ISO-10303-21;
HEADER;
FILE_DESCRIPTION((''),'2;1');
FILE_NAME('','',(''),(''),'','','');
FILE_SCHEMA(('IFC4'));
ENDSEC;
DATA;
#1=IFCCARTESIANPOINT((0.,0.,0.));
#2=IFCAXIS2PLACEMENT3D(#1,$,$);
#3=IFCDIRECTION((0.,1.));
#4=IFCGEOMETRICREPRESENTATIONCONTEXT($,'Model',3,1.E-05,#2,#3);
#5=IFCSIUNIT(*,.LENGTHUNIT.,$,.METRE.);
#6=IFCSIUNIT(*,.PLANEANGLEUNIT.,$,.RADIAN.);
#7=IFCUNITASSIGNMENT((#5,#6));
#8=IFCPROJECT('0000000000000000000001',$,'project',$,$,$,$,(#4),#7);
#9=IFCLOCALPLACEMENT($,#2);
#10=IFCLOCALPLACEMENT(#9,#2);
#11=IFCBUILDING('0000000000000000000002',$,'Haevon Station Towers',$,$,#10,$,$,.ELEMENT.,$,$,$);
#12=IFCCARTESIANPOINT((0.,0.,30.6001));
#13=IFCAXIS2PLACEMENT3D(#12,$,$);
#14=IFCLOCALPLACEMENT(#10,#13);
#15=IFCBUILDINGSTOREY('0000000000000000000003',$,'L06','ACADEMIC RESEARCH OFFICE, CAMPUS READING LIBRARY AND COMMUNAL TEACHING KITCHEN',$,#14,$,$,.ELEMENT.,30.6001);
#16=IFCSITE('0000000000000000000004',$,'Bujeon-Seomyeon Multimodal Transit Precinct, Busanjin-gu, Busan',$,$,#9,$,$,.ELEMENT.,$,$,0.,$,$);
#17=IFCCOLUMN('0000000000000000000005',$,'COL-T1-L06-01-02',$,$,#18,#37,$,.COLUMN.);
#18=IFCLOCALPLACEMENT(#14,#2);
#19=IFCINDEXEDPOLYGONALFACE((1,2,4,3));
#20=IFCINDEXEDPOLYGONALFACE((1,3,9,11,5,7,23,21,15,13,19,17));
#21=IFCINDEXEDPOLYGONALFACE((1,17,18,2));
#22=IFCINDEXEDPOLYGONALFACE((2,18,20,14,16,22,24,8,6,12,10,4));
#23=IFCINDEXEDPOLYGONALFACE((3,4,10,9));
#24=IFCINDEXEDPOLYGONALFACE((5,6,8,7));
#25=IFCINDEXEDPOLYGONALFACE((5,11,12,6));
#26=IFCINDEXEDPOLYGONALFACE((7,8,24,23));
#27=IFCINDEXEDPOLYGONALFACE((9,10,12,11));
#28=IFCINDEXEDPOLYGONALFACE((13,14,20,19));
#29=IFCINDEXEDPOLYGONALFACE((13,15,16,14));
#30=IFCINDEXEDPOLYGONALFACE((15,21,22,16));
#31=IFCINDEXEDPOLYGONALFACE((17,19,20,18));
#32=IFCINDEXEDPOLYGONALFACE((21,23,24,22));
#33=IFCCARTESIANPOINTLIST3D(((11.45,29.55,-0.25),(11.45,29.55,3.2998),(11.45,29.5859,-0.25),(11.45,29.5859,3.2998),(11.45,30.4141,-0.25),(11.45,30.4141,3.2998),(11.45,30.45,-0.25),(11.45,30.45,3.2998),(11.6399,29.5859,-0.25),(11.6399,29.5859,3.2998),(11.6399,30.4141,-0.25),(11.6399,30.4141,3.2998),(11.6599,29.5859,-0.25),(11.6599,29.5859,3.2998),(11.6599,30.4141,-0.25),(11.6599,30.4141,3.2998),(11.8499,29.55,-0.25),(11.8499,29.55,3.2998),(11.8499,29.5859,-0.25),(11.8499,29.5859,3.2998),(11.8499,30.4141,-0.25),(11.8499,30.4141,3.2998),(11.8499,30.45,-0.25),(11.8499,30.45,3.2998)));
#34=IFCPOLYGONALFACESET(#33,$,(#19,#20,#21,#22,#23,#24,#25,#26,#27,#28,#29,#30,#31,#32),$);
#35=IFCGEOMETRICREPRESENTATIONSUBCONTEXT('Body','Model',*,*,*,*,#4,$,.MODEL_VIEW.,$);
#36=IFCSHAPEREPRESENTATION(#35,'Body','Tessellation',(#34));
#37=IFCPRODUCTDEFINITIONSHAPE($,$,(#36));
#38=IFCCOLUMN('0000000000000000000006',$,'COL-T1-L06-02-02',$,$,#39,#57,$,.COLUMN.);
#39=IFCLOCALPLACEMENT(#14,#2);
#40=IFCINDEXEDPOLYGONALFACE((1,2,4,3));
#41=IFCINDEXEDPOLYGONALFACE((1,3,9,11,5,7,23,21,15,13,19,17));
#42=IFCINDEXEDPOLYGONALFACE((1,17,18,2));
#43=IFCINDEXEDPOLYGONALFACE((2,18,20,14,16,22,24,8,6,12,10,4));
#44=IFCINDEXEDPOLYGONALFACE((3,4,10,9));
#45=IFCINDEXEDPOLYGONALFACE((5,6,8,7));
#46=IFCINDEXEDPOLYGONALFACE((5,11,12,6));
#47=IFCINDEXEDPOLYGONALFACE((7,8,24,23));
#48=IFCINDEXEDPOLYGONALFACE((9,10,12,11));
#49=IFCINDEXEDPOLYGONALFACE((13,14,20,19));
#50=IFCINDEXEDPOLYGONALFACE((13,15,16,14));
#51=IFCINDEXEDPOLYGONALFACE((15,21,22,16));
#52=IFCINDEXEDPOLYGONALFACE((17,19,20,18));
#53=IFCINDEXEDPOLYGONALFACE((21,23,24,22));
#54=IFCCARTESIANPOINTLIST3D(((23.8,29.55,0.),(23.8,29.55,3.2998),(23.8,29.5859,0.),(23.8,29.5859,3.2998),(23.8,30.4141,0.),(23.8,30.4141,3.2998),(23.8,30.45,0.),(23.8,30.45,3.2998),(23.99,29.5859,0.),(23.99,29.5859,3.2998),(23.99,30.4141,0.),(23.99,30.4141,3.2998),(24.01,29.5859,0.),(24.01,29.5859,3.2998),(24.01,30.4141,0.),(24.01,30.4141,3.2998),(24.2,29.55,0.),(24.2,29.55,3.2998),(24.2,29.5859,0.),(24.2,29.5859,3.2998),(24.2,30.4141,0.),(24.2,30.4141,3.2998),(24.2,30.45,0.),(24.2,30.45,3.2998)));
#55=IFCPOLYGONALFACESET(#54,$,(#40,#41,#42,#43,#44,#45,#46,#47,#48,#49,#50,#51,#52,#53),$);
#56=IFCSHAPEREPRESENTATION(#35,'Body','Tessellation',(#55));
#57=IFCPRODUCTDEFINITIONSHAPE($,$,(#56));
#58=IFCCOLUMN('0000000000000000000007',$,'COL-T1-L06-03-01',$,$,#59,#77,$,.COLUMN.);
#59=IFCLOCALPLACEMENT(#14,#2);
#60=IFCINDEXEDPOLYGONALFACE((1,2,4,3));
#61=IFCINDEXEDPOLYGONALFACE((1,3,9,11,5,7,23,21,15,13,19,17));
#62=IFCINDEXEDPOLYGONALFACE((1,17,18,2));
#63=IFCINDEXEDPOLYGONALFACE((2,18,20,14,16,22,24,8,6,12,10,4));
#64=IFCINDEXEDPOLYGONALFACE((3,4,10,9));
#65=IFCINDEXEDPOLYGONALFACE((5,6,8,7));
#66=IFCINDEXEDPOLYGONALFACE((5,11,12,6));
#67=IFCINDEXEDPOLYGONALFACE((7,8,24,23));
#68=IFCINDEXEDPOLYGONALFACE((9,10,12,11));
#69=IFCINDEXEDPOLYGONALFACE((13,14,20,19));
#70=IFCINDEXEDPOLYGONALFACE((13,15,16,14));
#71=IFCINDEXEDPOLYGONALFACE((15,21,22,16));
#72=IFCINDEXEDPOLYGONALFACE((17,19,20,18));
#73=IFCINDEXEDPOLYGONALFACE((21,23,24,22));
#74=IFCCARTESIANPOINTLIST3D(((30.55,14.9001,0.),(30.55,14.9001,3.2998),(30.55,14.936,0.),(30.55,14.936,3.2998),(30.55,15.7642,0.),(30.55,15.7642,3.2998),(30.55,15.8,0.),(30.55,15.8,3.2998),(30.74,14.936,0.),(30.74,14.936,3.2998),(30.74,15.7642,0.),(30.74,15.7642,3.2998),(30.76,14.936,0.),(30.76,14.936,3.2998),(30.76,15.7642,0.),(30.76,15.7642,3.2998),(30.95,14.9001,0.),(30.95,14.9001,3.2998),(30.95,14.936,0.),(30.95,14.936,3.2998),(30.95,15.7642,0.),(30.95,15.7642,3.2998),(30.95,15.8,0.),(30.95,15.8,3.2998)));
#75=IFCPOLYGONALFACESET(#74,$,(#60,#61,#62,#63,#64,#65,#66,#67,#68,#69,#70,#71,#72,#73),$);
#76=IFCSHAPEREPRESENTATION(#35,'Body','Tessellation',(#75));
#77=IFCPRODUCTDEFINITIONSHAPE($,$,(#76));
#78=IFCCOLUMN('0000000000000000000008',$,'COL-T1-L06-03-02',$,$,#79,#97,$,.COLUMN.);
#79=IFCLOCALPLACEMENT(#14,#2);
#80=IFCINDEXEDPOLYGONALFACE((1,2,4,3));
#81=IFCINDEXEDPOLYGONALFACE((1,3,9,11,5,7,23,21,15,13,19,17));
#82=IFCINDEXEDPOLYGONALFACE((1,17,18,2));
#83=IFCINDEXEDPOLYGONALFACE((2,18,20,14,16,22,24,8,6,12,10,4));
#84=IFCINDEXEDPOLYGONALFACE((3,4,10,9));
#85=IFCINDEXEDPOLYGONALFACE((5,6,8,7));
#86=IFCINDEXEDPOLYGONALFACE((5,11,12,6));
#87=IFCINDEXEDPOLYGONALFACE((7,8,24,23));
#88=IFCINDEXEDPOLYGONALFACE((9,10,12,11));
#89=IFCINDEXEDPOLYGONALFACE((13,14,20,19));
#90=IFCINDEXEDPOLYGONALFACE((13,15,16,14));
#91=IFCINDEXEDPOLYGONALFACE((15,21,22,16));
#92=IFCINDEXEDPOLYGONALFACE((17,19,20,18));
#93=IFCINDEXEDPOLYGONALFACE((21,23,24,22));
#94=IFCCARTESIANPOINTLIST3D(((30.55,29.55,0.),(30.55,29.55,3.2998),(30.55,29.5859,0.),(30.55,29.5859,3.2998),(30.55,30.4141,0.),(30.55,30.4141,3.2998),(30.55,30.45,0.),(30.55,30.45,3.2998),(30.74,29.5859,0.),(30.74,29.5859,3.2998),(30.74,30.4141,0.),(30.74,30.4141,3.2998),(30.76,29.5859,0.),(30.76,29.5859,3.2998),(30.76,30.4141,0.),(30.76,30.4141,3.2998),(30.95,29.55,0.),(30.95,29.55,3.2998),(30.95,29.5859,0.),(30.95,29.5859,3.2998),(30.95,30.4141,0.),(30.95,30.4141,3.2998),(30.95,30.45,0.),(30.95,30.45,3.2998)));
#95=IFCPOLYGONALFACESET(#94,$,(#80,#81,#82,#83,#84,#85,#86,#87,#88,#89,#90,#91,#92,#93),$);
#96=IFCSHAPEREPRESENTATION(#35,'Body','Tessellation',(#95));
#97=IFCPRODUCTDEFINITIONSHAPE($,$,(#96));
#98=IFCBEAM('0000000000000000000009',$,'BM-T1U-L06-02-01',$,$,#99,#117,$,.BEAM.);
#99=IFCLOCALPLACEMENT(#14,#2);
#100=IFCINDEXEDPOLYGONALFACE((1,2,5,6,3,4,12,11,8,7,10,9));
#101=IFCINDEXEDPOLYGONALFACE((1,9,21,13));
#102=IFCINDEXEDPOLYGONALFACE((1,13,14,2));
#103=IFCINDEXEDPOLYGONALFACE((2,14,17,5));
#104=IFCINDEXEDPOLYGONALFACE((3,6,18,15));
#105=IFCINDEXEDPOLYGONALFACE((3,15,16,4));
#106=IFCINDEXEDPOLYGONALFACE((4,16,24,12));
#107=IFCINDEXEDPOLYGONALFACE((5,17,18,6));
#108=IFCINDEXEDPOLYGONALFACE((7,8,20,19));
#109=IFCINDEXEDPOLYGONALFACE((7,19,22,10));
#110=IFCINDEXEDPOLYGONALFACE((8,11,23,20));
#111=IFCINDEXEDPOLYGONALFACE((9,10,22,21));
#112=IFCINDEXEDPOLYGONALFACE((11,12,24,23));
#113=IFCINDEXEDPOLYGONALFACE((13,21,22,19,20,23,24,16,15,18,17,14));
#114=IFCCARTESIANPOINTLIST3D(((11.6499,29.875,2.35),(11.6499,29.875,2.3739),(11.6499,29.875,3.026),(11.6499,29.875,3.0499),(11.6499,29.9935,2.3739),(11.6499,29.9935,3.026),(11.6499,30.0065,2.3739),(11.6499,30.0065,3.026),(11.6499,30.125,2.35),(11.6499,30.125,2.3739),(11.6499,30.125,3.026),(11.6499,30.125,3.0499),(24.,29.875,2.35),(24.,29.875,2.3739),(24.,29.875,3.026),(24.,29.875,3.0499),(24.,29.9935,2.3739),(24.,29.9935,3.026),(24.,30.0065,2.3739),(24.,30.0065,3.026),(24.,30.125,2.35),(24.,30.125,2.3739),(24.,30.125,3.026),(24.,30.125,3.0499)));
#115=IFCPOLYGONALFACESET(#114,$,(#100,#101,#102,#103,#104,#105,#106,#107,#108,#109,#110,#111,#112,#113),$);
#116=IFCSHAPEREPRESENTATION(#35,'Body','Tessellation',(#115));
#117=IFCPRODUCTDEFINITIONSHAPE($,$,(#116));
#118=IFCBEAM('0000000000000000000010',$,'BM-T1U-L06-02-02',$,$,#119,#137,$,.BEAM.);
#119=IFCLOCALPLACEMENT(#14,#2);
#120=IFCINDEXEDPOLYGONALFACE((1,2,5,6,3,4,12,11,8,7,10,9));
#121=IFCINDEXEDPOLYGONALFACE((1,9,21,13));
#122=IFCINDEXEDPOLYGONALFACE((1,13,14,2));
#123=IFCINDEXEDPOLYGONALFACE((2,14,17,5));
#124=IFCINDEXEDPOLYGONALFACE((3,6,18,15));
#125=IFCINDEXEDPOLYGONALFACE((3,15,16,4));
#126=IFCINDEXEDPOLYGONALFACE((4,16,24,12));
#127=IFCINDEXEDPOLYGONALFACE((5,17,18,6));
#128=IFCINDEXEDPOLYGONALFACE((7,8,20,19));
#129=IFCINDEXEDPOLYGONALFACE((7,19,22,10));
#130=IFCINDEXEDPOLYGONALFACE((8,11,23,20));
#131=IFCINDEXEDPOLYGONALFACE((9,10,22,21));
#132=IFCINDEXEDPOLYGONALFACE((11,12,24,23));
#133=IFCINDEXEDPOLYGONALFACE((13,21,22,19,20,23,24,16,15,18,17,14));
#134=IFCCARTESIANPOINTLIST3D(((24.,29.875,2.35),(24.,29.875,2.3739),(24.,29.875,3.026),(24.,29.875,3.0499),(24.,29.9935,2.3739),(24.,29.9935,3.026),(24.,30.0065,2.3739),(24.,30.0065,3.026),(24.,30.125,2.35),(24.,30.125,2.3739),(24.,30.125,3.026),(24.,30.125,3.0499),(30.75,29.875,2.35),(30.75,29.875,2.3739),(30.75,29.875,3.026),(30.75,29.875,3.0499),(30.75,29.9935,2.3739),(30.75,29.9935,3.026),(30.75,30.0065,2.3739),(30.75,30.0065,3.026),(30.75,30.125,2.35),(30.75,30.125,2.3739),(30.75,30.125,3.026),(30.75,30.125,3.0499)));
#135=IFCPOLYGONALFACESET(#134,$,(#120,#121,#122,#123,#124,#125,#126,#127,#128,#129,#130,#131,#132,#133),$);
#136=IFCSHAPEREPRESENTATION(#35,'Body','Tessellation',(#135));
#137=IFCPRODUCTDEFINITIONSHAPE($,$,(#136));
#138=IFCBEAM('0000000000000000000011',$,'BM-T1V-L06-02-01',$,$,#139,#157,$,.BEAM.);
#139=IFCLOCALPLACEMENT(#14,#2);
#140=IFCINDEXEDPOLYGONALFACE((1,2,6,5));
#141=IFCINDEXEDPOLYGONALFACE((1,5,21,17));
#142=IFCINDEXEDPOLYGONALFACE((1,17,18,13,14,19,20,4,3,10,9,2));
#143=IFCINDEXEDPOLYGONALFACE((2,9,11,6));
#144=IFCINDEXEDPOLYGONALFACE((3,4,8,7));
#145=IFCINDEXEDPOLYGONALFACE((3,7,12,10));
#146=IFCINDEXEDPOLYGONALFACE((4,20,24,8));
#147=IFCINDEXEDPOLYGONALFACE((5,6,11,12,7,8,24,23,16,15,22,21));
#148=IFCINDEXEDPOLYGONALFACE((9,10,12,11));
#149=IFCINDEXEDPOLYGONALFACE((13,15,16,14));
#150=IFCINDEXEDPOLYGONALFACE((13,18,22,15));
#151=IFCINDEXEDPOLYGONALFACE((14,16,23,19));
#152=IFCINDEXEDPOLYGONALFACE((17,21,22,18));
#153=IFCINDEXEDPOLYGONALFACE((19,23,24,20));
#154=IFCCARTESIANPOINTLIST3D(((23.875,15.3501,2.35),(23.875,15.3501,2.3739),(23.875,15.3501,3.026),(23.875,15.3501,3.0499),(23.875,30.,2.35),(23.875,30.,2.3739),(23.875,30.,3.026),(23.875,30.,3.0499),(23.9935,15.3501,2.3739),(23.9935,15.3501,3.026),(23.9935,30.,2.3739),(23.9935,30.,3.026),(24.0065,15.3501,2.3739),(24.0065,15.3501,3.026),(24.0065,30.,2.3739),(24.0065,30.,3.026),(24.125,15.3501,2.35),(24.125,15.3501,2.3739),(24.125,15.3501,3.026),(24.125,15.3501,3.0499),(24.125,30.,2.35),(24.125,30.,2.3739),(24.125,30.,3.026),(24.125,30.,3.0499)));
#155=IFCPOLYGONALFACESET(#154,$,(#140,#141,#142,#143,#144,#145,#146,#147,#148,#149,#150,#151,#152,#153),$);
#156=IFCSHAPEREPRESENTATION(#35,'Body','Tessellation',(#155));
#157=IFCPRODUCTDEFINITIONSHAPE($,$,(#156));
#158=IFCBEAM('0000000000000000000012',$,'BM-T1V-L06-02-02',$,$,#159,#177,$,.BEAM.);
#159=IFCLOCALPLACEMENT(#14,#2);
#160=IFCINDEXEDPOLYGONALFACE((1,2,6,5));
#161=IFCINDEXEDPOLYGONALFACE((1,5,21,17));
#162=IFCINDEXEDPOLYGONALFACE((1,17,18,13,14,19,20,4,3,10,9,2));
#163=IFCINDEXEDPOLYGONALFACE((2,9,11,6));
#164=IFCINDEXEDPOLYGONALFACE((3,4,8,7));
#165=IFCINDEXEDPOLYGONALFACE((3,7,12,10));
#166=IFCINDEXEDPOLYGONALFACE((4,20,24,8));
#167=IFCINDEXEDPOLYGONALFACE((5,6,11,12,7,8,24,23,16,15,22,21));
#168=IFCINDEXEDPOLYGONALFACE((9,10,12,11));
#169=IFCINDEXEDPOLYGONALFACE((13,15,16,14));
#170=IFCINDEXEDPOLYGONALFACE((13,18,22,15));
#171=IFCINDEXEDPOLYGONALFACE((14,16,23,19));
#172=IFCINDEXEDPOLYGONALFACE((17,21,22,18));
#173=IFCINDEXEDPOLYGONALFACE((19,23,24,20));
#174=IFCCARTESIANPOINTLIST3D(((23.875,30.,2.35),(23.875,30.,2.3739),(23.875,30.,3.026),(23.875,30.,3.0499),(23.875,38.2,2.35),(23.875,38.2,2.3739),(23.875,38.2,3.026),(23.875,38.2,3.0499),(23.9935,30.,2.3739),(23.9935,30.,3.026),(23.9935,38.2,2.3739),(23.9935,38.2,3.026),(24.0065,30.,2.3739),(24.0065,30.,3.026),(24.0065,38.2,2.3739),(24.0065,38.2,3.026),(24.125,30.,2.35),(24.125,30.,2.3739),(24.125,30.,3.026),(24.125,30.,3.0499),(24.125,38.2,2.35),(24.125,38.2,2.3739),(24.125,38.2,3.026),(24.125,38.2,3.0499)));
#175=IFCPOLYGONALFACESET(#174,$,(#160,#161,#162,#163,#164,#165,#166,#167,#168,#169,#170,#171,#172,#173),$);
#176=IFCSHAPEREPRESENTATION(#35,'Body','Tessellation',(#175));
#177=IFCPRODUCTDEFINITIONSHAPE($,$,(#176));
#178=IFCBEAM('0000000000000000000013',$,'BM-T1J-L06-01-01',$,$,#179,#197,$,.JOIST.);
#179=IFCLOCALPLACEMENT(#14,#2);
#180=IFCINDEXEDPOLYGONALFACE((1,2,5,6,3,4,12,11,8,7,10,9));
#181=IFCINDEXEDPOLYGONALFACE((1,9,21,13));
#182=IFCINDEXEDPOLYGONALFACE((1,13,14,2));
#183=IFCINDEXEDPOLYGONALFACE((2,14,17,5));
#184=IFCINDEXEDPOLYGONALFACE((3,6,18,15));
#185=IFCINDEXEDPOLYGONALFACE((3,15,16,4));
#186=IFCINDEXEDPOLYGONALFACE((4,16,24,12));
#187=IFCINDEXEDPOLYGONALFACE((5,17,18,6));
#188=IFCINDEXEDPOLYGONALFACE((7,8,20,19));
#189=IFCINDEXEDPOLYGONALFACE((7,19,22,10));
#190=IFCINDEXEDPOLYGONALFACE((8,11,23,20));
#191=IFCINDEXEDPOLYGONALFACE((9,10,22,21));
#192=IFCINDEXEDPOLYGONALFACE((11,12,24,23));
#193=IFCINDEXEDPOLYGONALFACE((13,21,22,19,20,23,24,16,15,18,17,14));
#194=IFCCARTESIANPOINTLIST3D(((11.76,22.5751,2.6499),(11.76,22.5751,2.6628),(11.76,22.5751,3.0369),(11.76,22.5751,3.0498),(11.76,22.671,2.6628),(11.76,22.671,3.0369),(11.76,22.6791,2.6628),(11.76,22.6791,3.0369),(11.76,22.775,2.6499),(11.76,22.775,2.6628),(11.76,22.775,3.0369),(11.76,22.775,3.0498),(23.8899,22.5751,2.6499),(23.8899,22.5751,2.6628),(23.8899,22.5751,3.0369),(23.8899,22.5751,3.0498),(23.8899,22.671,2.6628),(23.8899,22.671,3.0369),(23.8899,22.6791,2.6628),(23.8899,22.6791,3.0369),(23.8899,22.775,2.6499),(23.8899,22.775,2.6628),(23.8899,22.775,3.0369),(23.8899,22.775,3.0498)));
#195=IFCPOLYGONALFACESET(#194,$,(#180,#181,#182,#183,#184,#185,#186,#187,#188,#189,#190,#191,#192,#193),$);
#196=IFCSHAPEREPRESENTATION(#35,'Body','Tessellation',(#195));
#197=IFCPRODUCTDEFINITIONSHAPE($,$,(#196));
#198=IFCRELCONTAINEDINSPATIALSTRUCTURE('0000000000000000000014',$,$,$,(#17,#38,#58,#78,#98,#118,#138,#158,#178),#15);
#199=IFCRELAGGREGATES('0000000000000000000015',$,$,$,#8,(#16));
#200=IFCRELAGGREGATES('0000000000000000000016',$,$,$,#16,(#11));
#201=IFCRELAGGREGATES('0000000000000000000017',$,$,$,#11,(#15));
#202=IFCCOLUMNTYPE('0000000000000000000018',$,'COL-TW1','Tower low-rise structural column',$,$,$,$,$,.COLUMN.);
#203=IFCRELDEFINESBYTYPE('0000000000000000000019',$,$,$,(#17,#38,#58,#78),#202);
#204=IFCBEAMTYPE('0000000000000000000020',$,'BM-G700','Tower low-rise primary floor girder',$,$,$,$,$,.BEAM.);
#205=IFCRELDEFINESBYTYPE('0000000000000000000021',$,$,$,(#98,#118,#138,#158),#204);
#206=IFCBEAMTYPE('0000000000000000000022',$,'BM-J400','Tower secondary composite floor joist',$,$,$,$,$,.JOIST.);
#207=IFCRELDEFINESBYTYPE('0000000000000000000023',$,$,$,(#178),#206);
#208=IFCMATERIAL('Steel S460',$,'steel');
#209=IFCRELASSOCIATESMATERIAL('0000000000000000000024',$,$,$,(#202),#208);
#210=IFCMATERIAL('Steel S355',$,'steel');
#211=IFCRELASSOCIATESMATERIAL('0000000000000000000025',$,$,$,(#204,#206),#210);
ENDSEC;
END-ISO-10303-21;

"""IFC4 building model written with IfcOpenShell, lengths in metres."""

from ifc_helpers import new_model, si_unit, direction, frame, origin, origin_2d, place, context, subcontext, project, spatial, i_section, extrude, material, material_profile, profile_set, type_object, element, save


model = new_model("IFC4")

# Units and contexts
model_context = context("Model", 3, precision=1e-05, world=origin(), true_north=direction((0.0, 1.0)))
body_context = subcontext(model_context, "Body", "Model", "MODEL_VIEW")
ifc_project = project(units=[si_unit("LENGTHUNIT", "METRE"), si_unit("PLANEANGLEUNIT", "RADIAN")], contexts=[model_context])

# Site, building, storey
site_placement = place(None, origin())
site = spatial("IfcSite", under=ifc_project, at=site_placement, Name="Bujeon-Seomyeon Multimodal Transit Precinct, Busanjin-gu, Busan", CompositionType="ELEMENT", RefElevation=0.0)
building_placement = place(site_placement, origin())
building = spatial("IfcBuilding", under=site, at=building_placement, Name="Haevon Station Towers", CompositionType="ELEMENT")
storey_placement = place(building_placement, frame((0.0, 0.0, 30.6001)))
storey = spatial("IfcBuildingStorey", under=building, at=storey_placement, Name="L06", Description="ACADEMIC RESEARCH OFFICE, CAMPUS READING LIBRARY AND COMMUNAL TEACHING KITCHEN", CompositionType="ELEMENT", Elevation=30.6001)

# Columns
ifc_material_1 = material(Name="Steel S460", Category="steel")
ifc_material_profile_1 = material_profile(ifc_material_1, i_section(OverallWidth=0.3999, OverallDepth=0.8999, WebThickness=0.02, FlangeThickness=0.0359, at=origin_2d()), Name="H-900x400x20x36")
ifc_profile_set_1 = profile_set([ifc_material_profile_1], Name="Steel S460")
column_type = type_object("IfcColumnType", Name="COL-TW1", Description="Tower low-rise structural column", PredefinedType="COLUMN", material=ifc_profile_set_1)
column_placement = place(storey_placement, frame((11.6499, 30.0, -0.25), z_axis=(0.0, 0.0, 1.0), x_axis=(1.0, 0.0, 0.0)))
element("IfcColumn", 1, at=column_placement, inside=storey, type_object=column_type, Name="COL-T1-L06-01-02", PredefinedType="COLUMN", context=body_context, shape_type="SweptSolid", body=[
    extrude(i_section(OverallWidth=0.3999, OverallDepth=0.8999, WebThickness=0.02, FlangeThickness=0.0359, at=origin_2d()), origin(), (0.0, 0.0, 1.0), 3.5498),
])
for number, where, z_axis, x_axis, name in (
    (2, (24.0, 30.0, 0.0), (0.0, 0.0, 1.0), (1.0, 0.0, 0.0), "COL-T1-L06-02-02"),
    (3, (30.75, 15.3501, 0.0), (0.0, 0.0, 1.0), (1.0, 0.0, 0.0), "COL-T1-L06-03-01"),
    (4, (30.75, 30.0, 0.0), (0.0, 0.0, 1.0), (1.0, 0.0, 0.0), "COL-T1-L06-03-02"),
):
    element("IfcColumn", number, at=place(storey_placement, frame(where, z_axis=z_axis, x_axis=x_axis)), inside=storey, type_object=column_type, Name=name, PredefinedType="COLUMN", context=body_context, shape_type="SweptSolid", body=[
        extrude(i_section(OverallWidth=0.3999, OverallDepth=0.8999, WebThickness=0.02, FlangeThickness=0.0359, at=origin_2d()), origin(), (0.0, 0.0, 1.0), 3.2998),
    ])

# Beams
ifc_material_2 = material(Name="Steel S355", Category="steel")
ifc_material_profile_2 = material_profile(ifc_material_2, i_section(OverallWidth=0.25, OverallDepth=0.7, WebThickness=0.0129, FlangeThickness=0.0239, at=origin_2d()), Name="H-700x250x13x24")
ifc_profile_set_2 = profile_set([ifc_material_profile_2], Name="Steel S355")
beam_type_1 = type_object("IfcBeamType", Name="BM-G700", Description="Tower low-rise primary floor girder", PredefinedType="BEAM", material=ifc_profile_set_2)
beam_1_placement = place(storey_placement, frame((11.6499, 30.0, 2.7), z_axis=(1.0, 0.0, 0.0), x_axis=(0.0, 1.0, 0.0)))
element("IfcBeam", 5, at=beam_1_placement, inside=storey, type_object=beam_type_1, Name="BM-T1U-L06-02-01", PredefinedType="BEAM", context=body_context, shape_type="SweptSolid", body=[
    extrude(i_section(OverallWidth=0.25, OverallDepth=0.7, WebThickness=0.0129, FlangeThickness=0.0239, at=origin_2d()), origin(), (0.0, 0.0, 1.0), 12.3501),
])
beam_2_placement = place(storey_placement, frame((24.0, 30.0, 2.7), z_axis=(1.0, 0.0, 0.0), x_axis=(0.0, 1.0, 0.0)))
element("IfcBeam", 6, at=beam_2_placement, inside=storey, type_object=beam_type_1, Name="BM-T1U-L06-02-02", PredefinedType="BEAM", context=body_context, shape_type="SweptSolid", body=[
    extrude(i_section(OverallWidth=0.25, OverallDepth=0.7, WebThickness=0.0129, FlangeThickness=0.0239, at=origin_2d()), origin(), (0.0, 0.0, 1.0), 6.75),
])
beam_3_placement = place(storey_placement, frame((24.0, 15.3501, 2.7), z_axis=(0.0, 1.0, 0.0), x_axis=(-1.0, 0.0, 0.0)))
element("IfcBeam", 7, at=beam_3_placement, inside=storey, type_object=beam_type_1, Name="BM-T1V-L06-02-01", PredefinedType="BEAM", context=body_context, shape_type="SweptSolid", body=[
    extrude(i_section(OverallWidth=0.25, OverallDepth=0.7, WebThickness=0.0129, FlangeThickness=0.0239, at=origin_2d()), origin(), (0.0, 0.0, 1.0), 14.6499),
])
beam_4_placement = place(storey_placement, frame((24.0, 30.0, 2.7), z_axis=(0.0, 1.0, 0.0), x_axis=(-1.0, 0.0, 0.0)))
element("IfcBeam", 8, at=beam_4_placement, inside=storey, type_object=beam_type_1, Name="BM-T1V-L06-02-02", PredefinedType="BEAM", context=body_context, shape_type="SweptSolid", body=[
    extrude(i_section(OverallWidth=0.25, OverallDepth=0.7, WebThickness=0.0129, FlangeThickness=0.0239, at=origin_2d()), origin(), (0.0, 0.0, 1.0), 8.2),
])
ifc_material_profile_3 = material_profile(ifc_material_2, i_section(OverallWidth=0.2, OverallDepth=0.3999, WebThickness=0.0081, FlangeThickness=0.0129, at=origin_2d()), Name="H-400x200x8x13")
ifc_profile_set_3 = profile_set([ifc_material_profile_3], Name="Steel S355")
beam_type_2 = type_object("IfcBeamType", Name="BM-J400", Description="Tower secondary composite floor joist", PredefinedType="JOIST", material=ifc_profile_set_3)
beam_5_placement = place(storey_placement, frame((11.76, 22.675, 2.8499), z_axis=(1.0, 0.0, 0.0), x_axis=(0.0, 1.0, 0.0)))
element("IfcBeam", 9, at=beam_5_placement, inside=storey, type_object=beam_type_2, Name="BM-T1J-L06-01-01", PredefinedType="JOIST", context=body_context, shape_type="SweptSolid", body=[
    extrude(i_section(OverallWidth=0.2, OverallDepth=0.3999, WebThickness=0.0081, FlangeThickness=0.0129, at=origin_2d()), origin(), (0.0, 0.0, 1.0), 12.1299),
])

save(model, "model.ifc")
